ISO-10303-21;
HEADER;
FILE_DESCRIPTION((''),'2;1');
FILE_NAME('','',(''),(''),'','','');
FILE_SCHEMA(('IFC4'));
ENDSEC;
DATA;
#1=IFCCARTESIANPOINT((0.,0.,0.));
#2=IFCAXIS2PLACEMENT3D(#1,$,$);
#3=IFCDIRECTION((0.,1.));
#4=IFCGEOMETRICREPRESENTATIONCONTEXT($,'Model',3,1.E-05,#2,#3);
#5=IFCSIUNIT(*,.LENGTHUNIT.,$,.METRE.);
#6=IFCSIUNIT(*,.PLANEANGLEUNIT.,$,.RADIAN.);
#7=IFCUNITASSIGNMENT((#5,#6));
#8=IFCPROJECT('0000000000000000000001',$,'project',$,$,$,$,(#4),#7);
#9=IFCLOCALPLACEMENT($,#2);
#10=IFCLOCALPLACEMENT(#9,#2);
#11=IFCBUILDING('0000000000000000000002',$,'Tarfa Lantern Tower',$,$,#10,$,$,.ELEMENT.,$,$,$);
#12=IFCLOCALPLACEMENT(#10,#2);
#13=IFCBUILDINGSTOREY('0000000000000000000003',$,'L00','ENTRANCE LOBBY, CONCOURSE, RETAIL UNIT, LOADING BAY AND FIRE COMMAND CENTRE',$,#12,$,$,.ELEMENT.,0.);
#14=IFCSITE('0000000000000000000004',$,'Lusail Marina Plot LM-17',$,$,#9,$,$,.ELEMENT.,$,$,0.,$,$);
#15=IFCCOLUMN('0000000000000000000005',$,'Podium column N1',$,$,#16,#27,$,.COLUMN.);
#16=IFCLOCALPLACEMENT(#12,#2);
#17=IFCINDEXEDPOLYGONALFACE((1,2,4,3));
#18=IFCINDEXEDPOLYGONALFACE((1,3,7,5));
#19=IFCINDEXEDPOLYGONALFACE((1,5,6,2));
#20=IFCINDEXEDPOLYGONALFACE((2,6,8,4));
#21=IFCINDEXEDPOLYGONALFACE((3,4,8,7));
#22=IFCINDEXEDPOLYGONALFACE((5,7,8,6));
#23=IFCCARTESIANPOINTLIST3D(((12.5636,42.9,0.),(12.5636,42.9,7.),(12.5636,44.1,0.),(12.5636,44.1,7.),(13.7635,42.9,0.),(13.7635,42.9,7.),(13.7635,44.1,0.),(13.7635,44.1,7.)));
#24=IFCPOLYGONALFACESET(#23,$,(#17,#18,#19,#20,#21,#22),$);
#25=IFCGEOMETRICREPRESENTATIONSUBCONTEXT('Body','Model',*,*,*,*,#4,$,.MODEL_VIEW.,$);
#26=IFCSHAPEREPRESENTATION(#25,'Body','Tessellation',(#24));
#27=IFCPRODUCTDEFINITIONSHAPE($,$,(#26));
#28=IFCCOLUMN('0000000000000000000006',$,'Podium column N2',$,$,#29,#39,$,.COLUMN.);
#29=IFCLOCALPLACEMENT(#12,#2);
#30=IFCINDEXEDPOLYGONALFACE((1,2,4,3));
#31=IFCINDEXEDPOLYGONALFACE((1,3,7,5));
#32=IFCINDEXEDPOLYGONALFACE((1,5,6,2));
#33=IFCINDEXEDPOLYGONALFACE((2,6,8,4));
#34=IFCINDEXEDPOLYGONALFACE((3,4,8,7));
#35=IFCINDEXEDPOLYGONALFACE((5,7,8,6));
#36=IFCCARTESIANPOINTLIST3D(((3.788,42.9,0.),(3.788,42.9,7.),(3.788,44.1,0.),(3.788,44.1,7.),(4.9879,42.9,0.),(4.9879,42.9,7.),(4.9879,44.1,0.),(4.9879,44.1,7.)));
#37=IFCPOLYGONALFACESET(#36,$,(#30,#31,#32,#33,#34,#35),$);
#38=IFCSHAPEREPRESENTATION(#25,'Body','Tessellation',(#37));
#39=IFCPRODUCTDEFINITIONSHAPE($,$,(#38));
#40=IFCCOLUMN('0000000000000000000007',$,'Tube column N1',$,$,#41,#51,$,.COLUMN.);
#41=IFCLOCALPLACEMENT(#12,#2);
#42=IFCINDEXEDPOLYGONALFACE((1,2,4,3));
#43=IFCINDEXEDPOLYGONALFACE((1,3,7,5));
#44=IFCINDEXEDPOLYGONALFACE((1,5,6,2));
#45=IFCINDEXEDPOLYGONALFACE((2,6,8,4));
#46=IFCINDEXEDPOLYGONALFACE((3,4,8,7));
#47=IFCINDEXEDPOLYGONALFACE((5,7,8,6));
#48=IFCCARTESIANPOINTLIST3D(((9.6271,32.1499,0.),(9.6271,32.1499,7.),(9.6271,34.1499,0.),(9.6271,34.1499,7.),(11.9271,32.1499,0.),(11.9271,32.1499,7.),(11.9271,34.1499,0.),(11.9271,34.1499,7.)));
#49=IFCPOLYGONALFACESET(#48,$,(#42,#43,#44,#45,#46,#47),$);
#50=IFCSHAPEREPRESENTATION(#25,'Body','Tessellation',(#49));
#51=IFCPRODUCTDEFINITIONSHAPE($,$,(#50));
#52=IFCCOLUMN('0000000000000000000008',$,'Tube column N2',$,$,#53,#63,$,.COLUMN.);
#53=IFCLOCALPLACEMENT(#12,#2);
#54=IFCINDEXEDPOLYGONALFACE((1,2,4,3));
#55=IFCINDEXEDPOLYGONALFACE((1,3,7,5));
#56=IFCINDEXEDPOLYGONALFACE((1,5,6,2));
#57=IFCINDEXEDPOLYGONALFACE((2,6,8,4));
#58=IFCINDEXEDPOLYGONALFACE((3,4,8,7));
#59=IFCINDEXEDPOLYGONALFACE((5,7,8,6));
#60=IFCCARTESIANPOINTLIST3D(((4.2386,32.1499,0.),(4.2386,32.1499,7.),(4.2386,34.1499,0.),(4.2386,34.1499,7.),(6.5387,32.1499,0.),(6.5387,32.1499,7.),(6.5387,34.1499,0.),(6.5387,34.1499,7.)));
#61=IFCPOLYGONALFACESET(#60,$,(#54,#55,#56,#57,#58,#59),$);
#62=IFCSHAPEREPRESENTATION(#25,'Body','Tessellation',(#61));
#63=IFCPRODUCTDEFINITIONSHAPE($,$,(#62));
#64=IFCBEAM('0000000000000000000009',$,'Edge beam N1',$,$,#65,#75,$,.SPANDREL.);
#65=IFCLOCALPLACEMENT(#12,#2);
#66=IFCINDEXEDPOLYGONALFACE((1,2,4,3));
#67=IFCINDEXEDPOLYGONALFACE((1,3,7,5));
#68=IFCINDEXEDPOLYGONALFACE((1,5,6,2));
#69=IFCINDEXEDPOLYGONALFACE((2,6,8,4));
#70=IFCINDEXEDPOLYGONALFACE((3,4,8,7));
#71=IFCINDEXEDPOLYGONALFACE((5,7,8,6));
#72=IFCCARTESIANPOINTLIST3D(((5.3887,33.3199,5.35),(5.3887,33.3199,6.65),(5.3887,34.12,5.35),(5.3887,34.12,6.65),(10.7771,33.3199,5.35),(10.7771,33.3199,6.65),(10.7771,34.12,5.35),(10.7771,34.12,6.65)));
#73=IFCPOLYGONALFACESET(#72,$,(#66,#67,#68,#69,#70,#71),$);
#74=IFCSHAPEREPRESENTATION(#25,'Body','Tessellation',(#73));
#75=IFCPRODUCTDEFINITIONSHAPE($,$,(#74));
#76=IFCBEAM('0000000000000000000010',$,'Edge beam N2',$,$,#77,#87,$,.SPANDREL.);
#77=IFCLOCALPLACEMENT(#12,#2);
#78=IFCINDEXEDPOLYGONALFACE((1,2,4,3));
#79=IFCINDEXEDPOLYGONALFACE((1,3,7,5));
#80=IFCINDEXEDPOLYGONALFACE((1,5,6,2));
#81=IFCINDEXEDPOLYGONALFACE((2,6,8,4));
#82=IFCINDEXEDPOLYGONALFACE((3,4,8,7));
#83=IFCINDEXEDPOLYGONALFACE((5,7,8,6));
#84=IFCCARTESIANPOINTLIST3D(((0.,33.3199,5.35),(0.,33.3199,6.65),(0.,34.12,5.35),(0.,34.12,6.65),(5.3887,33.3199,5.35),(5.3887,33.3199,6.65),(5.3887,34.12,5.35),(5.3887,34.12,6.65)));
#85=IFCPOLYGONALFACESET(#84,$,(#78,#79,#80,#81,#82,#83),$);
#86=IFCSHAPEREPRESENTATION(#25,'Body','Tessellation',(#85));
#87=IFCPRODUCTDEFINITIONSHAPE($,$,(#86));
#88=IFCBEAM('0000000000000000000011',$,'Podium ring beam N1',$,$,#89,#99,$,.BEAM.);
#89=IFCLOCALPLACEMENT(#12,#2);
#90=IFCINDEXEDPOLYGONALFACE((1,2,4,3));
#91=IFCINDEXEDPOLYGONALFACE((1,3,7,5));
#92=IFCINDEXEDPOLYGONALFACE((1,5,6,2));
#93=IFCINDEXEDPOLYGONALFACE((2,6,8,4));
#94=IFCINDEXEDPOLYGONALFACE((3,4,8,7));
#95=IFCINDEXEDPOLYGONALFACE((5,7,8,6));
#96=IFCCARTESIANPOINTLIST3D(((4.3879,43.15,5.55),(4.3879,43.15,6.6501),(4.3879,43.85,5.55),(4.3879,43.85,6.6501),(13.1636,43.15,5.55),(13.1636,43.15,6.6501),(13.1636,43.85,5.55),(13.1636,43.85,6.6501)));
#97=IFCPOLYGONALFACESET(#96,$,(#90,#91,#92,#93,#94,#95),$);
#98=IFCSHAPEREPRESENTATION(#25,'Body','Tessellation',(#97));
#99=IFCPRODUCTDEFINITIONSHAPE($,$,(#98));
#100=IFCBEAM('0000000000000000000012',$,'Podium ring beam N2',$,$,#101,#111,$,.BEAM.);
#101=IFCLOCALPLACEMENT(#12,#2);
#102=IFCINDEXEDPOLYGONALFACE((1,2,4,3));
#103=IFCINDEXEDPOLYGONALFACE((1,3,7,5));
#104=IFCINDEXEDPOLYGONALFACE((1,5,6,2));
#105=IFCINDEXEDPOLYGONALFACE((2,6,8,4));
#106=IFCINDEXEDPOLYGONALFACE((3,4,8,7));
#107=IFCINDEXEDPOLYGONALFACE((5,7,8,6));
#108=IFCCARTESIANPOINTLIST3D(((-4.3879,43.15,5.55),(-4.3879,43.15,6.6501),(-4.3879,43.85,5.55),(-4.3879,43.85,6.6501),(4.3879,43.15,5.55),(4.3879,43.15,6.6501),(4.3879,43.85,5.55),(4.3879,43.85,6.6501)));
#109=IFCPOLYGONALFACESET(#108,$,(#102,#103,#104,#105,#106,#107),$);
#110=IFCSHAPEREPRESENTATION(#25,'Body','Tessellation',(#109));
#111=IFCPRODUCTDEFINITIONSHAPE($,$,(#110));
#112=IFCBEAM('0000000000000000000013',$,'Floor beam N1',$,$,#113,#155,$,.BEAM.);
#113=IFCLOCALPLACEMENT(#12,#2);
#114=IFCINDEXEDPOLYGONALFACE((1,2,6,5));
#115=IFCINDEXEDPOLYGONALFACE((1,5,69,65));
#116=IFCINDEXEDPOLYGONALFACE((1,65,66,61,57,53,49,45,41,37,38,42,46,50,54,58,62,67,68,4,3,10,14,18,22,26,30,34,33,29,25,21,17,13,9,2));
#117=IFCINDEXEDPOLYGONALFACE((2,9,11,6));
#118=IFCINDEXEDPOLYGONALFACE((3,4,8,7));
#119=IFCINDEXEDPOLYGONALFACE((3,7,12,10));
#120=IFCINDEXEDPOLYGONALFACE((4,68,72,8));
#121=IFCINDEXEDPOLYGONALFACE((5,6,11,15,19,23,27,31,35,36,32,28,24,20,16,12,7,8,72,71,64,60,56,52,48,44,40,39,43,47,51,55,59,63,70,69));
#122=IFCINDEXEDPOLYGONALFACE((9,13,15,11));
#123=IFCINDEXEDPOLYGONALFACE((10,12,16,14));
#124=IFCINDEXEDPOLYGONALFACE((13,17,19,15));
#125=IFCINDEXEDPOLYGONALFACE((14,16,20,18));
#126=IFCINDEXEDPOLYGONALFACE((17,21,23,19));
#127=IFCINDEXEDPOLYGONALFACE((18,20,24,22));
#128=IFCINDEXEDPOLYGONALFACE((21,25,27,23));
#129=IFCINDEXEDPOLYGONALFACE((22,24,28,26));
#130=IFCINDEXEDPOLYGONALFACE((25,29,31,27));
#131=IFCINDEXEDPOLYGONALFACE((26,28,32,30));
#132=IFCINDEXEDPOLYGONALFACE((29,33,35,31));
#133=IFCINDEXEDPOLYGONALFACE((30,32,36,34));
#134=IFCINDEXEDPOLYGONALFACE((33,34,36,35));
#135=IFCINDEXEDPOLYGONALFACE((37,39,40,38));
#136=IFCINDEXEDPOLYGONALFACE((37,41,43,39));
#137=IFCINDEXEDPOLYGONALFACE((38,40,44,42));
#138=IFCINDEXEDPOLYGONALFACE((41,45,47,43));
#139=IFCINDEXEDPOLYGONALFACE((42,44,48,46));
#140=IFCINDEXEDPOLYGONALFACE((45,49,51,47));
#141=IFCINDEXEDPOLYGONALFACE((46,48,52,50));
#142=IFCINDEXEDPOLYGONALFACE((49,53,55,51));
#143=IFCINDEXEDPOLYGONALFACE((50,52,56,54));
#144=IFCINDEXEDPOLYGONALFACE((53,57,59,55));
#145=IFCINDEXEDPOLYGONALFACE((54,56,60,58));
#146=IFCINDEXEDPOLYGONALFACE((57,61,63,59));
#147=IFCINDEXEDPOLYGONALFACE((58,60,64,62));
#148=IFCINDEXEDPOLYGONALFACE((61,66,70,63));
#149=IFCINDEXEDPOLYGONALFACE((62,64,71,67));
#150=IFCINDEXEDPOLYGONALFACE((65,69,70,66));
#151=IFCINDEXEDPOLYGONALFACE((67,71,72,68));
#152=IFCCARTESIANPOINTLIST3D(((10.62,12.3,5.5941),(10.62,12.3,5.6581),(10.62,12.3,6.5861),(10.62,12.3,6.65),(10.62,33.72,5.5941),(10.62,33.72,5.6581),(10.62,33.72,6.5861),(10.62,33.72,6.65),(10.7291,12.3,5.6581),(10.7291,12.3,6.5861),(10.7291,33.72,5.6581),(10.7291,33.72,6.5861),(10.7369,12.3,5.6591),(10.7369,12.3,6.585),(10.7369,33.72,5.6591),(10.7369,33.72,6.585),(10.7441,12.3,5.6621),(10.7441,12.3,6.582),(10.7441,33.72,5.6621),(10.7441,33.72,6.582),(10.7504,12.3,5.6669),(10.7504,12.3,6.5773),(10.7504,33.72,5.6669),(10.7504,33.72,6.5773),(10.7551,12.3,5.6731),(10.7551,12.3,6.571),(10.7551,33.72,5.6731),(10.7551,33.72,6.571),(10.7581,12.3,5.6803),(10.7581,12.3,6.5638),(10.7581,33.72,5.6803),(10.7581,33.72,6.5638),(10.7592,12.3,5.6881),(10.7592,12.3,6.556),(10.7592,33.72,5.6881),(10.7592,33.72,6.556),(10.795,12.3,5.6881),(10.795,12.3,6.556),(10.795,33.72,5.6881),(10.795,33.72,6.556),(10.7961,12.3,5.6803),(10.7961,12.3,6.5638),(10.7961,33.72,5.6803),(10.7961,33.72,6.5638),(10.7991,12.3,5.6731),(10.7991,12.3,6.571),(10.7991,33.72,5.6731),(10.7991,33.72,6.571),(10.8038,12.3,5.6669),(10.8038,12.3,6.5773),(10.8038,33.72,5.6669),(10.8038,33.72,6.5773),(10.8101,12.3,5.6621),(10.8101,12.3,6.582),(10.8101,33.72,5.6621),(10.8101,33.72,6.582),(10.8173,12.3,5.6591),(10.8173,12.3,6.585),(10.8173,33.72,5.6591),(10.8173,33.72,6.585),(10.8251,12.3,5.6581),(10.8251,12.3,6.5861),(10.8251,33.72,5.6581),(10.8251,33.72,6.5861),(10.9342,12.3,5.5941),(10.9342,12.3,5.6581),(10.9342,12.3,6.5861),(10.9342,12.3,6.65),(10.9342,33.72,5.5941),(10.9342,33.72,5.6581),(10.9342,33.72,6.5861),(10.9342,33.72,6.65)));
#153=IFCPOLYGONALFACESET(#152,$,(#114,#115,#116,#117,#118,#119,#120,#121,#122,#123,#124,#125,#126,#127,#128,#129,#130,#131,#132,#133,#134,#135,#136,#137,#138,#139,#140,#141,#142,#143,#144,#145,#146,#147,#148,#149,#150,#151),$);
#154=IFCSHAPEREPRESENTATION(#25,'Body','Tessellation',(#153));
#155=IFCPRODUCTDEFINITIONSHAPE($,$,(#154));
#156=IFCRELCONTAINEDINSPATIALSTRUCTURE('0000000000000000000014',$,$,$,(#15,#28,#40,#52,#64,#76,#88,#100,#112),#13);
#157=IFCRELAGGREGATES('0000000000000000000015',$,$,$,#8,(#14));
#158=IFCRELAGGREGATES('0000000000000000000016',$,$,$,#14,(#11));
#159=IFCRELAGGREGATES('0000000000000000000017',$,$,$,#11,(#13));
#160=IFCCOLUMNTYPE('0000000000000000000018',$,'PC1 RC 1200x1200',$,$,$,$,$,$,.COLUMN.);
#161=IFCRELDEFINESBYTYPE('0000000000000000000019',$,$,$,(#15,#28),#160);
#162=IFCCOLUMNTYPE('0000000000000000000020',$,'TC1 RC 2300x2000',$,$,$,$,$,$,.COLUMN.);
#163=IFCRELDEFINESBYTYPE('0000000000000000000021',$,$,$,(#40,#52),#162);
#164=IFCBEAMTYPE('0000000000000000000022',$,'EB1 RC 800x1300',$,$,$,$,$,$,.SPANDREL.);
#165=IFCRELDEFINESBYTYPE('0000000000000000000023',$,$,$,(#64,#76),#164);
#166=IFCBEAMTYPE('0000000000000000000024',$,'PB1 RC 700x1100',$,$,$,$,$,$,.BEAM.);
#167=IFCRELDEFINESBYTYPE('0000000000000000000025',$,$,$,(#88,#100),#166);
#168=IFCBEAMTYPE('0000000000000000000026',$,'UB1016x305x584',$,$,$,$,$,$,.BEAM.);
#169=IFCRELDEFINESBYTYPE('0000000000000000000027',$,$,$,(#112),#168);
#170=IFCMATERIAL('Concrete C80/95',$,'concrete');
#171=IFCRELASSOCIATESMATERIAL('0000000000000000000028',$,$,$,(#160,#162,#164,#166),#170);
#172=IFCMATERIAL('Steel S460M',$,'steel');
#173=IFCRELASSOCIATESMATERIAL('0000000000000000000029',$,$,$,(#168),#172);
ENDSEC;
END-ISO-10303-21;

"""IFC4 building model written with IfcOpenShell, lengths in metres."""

from ifc_helpers import new_model, si_unit, direction, frame, origin, origin_2d, place, context, subcontext, project, spatial, rectangle, i_section, extrude, material, material_profile, profile_set, type_object, element, save


model = new_model("IFC4")

# Units and contexts
model_context = context("Model", 3, precision=1e-05, world=origin(), true_north=direction((0.0, 1.0)))
body_context = subcontext(model_context, "Body", "Model", "MODEL_VIEW")
ifc_project = project(units=[si_unit("LENGTHUNIT", "METRE"), si_unit("PLANEANGLEUNIT", "RADIAN")], contexts=[model_context])

# Site, building, storey
site_placement = place(None, origin())
site = spatial("IfcSite", under=ifc_project, at=site_placement, Name="Lusail Marina Plot LM-17", CompositionType="ELEMENT", RefElevation=0.0)
building_placement = place(site_placement, origin())
building = spatial("IfcBuilding", under=site, at=building_placement, Name="Tarfa Lantern Tower", CompositionType="ELEMENT")
storey_placement = place(building_placement, origin())
storey = spatial("IfcBuildingStorey", under=building, at=storey_placement, Name="L00", Description="ENTRANCE LOBBY, CONCOURSE, RETAIL UNIT, LOADING BAY AND FIRE COMMAND CENTRE", CompositionType="ELEMENT", Elevation=0.0)

# Columns
ifc_material_1 = material(Name="Concrete C80/95", Category="concrete")
ifc_material_profile_1 = material_profile(ifc_material_1, rectangle(XDim=1.2, YDim=1.2, at=origin_2d()), Name="RC 1200x1200")
ifc_profile_set_1 = profile_set([ifc_material_profile_1], Name="Concrete C80/95")
column_type_1 = type_object("IfcColumnType", Name="PC1 RC 1200x1200", PredefinedType="COLUMN", material=ifc_profile_set_1)
for number, where, z_axis, x_axis, name in (
    (1, (13.1636, 43.5, 0.0), (0.0, 0.0, 1.0), (-1.0, 0.0, 0.0), "Podium column N1"),
    (2, (4.3879, 43.5, 0.0), (0.0, 0.0, 1.0), (-1.0, 0.0, 0.0), "Podium column N2"),
):
    element("IfcColumn", number, at=place(storey_placement, frame(where, z_axis=z_axis, x_axis=x_axis)), inside=storey, type_object=column_type_1, Name=name, PredefinedType="COLUMN", context=body_context, shape_type="SweptSolid", body=[
        extrude(rectangle(XDim=1.2, YDim=1.2, at=origin_2d()), origin(), (0.0, 0.0, 1.0), 7.0),
    ])
ifc_material_profile_2 = material_profile(ifc_material_1, rectangle(XDim=2.3, YDim=2.0, at=origin_2d()), Name="RC 2300x2000")
ifc_profile_set_2 = profile_set([ifc_material_profile_2], Name="Concrete C80/95")
column_type_2 = type_object("IfcColumnType", Name="TC1 RC 2300x2000", PredefinedType="COLUMN", material=ifc_profile_set_2)
for number, where, z_axis, x_axis, name in (
    (3, (10.7771, 33.1499, 0.0), (0.0, 0.0, 1.0), (-1.0, 0.0, 0.0), "Tube column N1"),
    (4, (5.3887, 33.1499, 0.0), (0.0, 0.0, 1.0), (-1.0, 0.0, 0.0), "Tube column N2"),
):
    element("IfcColumn", number, at=place(storey_placement, frame(where, z_axis=z_axis, x_axis=x_axis)), inside=storey, type_object=column_type_2, Name=name, PredefinedType="COLUMN", context=body_context, shape_type="SweptSolid", body=[
        extrude(rectangle(XDim=2.3, YDim=2.0, at=origin_2d()), origin(), (0.0, 0.0, 1.0), 7.0),
    ])

# Beams
ifc_material_profile_3 = material_profile(ifc_material_1, rectangle(XDim=0.8, YDim=1.3, at=origin_2d()), Name="RC 800x1300")
ifc_profile_set_3 = profile_set([ifc_material_profile_3], Name="Concrete C80/95")
beam_type_1 = type_object("IfcBeamType", Name="EB1 RC 800x1300", PredefinedType="SPANDREL", material=ifc_profile_set_3)
beam_1_placement = place(storey_placement, frame((10.7771, 33.72, 6.0), z_axis=(-1.0, 0.0, 0.0), x_axis=(0.0, -1.0, 0.0)))
element("IfcBeam", 5, at=beam_1_placement, inside=storey, type_object=beam_type_1, Name="Edge beam N1", PredefinedType="SPANDREL", context=body_context, shape_type="SweptSolid", body=[
    extrude(rectangle(XDim=0.8, YDim=1.3, at=origin_2d()), origin(), (0.0, 0.0, 1.0), 5.3884),
])
beam_2_placement = place(storey_placement, frame((5.3887, 33.72, 6.0), z_axis=(-1.0, 0.0, 0.0), x_axis=(0.0, -1.0, 0.0)))
element("IfcBeam", 6, at=beam_2_placement, inside=storey, type_object=beam_type_1, Name="Edge beam N2", PredefinedType="SPANDREL", context=body_context, shape_type="SweptSolid", body=[
    extrude(rectangle(XDim=0.8, YDim=1.3, at=origin_2d()), origin(), (0.0, 0.0, 1.0), 5.3887),
])
ifc_material_profile_4 = material_profile(ifc_material_1, rectangle(XDim=0.7, YDim=1.1001, at=origin_2d()), Name="RC 700x1100")
ifc_profile_set_4 = profile_set([ifc_material_profile_4], Name="Concrete C80/95")
beam_type_2 = type_object("IfcBeamType", Name="PB1 RC 700x1100", PredefinedType="BEAM", material=ifc_profile_set_4)
beam_3_placement = place(storey_placement, frame((13.1636, 43.5, 6.1001), z_axis=(-1.0, 0.0, 0.0), x_axis=(0.0, -1.0, 0.0)))
element("IfcBeam", 7, at=beam_3_placement, inside=storey, type_object=beam_type_2, Name="Podium ring beam N1", PredefinedType="BEAM", context=body_context, shape_type="SweptSolid", body=[
    extrude(rectangle(XDim=0.7, YDim=1.1001, at=origin_2d()), origin(), (0.0, 0.0, 1.0), 8.7756),
])
beam_4_placement = place(storey_placement, frame((4.3879, 43.5, 6.1001), z_axis=(-1.0, 0.0, 0.0), x_axis=(0.0, -1.0, 0.0)))
element("IfcBeam", 8, at=beam_4_placement, inside=storey, type_object=beam_type_2, Name="Podium ring beam N2", PredefinedType="BEAM", context=body_context, shape_type="SweptSolid", body=[
    extrude(rectangle(XDim=0.7, YDim=1.1001, at=origin_2d()), origin(), (0.0, 0.0, 1.0), 8.7759),
])
ifc_material_2 = material(Name="Steel S460M", Category="steel")
ifc_material_profile_5 = material_profile(ifc_material_2, i_section(OverallWidth=0.3142, OverallDepth=1.0559, WebThickness=0.0359, FlangeThickness=0.064, FilletRadius=0.03, at=origin_2d()), Name="UB1016x305x584")
ifc_profile_set_5 = profile_set([ifc_material_profile_5], Name="Steel S460M")
beam_type_3 = type_object("IfcBeamType", Name="UB1016x305x584", PredefinedType="BEAM", material=ifc_profile_set_5)
for number, where, z_axis, x_axis, name in (
    (9, (10.7771, 33.72, 6.1221), (0.0, -1.0, 0.0), (1.0, 0.0, 0.0), "Floor beam N1"),
):
    element("IfcBeam", number, at=place(storey_placement, frame(where, z_axis=z_axis, x_axis=x_axis)), inside=storey, type_object=beam_type_3, Name=name, PredefinedType="BEAM", context=body_context, shape_type="SweptSolid", body=[
        extrude(i_section(OverallWidth=0.3142, OverallDepth=1.0559, WebThickness=0.0359, FlangeThickness=0.064, FilletRadius=0.03, at=origin_2d()), origin(), (0.0, 0.0, 1.0), 21.4199),
    ])

save(model, "model.ifc")
